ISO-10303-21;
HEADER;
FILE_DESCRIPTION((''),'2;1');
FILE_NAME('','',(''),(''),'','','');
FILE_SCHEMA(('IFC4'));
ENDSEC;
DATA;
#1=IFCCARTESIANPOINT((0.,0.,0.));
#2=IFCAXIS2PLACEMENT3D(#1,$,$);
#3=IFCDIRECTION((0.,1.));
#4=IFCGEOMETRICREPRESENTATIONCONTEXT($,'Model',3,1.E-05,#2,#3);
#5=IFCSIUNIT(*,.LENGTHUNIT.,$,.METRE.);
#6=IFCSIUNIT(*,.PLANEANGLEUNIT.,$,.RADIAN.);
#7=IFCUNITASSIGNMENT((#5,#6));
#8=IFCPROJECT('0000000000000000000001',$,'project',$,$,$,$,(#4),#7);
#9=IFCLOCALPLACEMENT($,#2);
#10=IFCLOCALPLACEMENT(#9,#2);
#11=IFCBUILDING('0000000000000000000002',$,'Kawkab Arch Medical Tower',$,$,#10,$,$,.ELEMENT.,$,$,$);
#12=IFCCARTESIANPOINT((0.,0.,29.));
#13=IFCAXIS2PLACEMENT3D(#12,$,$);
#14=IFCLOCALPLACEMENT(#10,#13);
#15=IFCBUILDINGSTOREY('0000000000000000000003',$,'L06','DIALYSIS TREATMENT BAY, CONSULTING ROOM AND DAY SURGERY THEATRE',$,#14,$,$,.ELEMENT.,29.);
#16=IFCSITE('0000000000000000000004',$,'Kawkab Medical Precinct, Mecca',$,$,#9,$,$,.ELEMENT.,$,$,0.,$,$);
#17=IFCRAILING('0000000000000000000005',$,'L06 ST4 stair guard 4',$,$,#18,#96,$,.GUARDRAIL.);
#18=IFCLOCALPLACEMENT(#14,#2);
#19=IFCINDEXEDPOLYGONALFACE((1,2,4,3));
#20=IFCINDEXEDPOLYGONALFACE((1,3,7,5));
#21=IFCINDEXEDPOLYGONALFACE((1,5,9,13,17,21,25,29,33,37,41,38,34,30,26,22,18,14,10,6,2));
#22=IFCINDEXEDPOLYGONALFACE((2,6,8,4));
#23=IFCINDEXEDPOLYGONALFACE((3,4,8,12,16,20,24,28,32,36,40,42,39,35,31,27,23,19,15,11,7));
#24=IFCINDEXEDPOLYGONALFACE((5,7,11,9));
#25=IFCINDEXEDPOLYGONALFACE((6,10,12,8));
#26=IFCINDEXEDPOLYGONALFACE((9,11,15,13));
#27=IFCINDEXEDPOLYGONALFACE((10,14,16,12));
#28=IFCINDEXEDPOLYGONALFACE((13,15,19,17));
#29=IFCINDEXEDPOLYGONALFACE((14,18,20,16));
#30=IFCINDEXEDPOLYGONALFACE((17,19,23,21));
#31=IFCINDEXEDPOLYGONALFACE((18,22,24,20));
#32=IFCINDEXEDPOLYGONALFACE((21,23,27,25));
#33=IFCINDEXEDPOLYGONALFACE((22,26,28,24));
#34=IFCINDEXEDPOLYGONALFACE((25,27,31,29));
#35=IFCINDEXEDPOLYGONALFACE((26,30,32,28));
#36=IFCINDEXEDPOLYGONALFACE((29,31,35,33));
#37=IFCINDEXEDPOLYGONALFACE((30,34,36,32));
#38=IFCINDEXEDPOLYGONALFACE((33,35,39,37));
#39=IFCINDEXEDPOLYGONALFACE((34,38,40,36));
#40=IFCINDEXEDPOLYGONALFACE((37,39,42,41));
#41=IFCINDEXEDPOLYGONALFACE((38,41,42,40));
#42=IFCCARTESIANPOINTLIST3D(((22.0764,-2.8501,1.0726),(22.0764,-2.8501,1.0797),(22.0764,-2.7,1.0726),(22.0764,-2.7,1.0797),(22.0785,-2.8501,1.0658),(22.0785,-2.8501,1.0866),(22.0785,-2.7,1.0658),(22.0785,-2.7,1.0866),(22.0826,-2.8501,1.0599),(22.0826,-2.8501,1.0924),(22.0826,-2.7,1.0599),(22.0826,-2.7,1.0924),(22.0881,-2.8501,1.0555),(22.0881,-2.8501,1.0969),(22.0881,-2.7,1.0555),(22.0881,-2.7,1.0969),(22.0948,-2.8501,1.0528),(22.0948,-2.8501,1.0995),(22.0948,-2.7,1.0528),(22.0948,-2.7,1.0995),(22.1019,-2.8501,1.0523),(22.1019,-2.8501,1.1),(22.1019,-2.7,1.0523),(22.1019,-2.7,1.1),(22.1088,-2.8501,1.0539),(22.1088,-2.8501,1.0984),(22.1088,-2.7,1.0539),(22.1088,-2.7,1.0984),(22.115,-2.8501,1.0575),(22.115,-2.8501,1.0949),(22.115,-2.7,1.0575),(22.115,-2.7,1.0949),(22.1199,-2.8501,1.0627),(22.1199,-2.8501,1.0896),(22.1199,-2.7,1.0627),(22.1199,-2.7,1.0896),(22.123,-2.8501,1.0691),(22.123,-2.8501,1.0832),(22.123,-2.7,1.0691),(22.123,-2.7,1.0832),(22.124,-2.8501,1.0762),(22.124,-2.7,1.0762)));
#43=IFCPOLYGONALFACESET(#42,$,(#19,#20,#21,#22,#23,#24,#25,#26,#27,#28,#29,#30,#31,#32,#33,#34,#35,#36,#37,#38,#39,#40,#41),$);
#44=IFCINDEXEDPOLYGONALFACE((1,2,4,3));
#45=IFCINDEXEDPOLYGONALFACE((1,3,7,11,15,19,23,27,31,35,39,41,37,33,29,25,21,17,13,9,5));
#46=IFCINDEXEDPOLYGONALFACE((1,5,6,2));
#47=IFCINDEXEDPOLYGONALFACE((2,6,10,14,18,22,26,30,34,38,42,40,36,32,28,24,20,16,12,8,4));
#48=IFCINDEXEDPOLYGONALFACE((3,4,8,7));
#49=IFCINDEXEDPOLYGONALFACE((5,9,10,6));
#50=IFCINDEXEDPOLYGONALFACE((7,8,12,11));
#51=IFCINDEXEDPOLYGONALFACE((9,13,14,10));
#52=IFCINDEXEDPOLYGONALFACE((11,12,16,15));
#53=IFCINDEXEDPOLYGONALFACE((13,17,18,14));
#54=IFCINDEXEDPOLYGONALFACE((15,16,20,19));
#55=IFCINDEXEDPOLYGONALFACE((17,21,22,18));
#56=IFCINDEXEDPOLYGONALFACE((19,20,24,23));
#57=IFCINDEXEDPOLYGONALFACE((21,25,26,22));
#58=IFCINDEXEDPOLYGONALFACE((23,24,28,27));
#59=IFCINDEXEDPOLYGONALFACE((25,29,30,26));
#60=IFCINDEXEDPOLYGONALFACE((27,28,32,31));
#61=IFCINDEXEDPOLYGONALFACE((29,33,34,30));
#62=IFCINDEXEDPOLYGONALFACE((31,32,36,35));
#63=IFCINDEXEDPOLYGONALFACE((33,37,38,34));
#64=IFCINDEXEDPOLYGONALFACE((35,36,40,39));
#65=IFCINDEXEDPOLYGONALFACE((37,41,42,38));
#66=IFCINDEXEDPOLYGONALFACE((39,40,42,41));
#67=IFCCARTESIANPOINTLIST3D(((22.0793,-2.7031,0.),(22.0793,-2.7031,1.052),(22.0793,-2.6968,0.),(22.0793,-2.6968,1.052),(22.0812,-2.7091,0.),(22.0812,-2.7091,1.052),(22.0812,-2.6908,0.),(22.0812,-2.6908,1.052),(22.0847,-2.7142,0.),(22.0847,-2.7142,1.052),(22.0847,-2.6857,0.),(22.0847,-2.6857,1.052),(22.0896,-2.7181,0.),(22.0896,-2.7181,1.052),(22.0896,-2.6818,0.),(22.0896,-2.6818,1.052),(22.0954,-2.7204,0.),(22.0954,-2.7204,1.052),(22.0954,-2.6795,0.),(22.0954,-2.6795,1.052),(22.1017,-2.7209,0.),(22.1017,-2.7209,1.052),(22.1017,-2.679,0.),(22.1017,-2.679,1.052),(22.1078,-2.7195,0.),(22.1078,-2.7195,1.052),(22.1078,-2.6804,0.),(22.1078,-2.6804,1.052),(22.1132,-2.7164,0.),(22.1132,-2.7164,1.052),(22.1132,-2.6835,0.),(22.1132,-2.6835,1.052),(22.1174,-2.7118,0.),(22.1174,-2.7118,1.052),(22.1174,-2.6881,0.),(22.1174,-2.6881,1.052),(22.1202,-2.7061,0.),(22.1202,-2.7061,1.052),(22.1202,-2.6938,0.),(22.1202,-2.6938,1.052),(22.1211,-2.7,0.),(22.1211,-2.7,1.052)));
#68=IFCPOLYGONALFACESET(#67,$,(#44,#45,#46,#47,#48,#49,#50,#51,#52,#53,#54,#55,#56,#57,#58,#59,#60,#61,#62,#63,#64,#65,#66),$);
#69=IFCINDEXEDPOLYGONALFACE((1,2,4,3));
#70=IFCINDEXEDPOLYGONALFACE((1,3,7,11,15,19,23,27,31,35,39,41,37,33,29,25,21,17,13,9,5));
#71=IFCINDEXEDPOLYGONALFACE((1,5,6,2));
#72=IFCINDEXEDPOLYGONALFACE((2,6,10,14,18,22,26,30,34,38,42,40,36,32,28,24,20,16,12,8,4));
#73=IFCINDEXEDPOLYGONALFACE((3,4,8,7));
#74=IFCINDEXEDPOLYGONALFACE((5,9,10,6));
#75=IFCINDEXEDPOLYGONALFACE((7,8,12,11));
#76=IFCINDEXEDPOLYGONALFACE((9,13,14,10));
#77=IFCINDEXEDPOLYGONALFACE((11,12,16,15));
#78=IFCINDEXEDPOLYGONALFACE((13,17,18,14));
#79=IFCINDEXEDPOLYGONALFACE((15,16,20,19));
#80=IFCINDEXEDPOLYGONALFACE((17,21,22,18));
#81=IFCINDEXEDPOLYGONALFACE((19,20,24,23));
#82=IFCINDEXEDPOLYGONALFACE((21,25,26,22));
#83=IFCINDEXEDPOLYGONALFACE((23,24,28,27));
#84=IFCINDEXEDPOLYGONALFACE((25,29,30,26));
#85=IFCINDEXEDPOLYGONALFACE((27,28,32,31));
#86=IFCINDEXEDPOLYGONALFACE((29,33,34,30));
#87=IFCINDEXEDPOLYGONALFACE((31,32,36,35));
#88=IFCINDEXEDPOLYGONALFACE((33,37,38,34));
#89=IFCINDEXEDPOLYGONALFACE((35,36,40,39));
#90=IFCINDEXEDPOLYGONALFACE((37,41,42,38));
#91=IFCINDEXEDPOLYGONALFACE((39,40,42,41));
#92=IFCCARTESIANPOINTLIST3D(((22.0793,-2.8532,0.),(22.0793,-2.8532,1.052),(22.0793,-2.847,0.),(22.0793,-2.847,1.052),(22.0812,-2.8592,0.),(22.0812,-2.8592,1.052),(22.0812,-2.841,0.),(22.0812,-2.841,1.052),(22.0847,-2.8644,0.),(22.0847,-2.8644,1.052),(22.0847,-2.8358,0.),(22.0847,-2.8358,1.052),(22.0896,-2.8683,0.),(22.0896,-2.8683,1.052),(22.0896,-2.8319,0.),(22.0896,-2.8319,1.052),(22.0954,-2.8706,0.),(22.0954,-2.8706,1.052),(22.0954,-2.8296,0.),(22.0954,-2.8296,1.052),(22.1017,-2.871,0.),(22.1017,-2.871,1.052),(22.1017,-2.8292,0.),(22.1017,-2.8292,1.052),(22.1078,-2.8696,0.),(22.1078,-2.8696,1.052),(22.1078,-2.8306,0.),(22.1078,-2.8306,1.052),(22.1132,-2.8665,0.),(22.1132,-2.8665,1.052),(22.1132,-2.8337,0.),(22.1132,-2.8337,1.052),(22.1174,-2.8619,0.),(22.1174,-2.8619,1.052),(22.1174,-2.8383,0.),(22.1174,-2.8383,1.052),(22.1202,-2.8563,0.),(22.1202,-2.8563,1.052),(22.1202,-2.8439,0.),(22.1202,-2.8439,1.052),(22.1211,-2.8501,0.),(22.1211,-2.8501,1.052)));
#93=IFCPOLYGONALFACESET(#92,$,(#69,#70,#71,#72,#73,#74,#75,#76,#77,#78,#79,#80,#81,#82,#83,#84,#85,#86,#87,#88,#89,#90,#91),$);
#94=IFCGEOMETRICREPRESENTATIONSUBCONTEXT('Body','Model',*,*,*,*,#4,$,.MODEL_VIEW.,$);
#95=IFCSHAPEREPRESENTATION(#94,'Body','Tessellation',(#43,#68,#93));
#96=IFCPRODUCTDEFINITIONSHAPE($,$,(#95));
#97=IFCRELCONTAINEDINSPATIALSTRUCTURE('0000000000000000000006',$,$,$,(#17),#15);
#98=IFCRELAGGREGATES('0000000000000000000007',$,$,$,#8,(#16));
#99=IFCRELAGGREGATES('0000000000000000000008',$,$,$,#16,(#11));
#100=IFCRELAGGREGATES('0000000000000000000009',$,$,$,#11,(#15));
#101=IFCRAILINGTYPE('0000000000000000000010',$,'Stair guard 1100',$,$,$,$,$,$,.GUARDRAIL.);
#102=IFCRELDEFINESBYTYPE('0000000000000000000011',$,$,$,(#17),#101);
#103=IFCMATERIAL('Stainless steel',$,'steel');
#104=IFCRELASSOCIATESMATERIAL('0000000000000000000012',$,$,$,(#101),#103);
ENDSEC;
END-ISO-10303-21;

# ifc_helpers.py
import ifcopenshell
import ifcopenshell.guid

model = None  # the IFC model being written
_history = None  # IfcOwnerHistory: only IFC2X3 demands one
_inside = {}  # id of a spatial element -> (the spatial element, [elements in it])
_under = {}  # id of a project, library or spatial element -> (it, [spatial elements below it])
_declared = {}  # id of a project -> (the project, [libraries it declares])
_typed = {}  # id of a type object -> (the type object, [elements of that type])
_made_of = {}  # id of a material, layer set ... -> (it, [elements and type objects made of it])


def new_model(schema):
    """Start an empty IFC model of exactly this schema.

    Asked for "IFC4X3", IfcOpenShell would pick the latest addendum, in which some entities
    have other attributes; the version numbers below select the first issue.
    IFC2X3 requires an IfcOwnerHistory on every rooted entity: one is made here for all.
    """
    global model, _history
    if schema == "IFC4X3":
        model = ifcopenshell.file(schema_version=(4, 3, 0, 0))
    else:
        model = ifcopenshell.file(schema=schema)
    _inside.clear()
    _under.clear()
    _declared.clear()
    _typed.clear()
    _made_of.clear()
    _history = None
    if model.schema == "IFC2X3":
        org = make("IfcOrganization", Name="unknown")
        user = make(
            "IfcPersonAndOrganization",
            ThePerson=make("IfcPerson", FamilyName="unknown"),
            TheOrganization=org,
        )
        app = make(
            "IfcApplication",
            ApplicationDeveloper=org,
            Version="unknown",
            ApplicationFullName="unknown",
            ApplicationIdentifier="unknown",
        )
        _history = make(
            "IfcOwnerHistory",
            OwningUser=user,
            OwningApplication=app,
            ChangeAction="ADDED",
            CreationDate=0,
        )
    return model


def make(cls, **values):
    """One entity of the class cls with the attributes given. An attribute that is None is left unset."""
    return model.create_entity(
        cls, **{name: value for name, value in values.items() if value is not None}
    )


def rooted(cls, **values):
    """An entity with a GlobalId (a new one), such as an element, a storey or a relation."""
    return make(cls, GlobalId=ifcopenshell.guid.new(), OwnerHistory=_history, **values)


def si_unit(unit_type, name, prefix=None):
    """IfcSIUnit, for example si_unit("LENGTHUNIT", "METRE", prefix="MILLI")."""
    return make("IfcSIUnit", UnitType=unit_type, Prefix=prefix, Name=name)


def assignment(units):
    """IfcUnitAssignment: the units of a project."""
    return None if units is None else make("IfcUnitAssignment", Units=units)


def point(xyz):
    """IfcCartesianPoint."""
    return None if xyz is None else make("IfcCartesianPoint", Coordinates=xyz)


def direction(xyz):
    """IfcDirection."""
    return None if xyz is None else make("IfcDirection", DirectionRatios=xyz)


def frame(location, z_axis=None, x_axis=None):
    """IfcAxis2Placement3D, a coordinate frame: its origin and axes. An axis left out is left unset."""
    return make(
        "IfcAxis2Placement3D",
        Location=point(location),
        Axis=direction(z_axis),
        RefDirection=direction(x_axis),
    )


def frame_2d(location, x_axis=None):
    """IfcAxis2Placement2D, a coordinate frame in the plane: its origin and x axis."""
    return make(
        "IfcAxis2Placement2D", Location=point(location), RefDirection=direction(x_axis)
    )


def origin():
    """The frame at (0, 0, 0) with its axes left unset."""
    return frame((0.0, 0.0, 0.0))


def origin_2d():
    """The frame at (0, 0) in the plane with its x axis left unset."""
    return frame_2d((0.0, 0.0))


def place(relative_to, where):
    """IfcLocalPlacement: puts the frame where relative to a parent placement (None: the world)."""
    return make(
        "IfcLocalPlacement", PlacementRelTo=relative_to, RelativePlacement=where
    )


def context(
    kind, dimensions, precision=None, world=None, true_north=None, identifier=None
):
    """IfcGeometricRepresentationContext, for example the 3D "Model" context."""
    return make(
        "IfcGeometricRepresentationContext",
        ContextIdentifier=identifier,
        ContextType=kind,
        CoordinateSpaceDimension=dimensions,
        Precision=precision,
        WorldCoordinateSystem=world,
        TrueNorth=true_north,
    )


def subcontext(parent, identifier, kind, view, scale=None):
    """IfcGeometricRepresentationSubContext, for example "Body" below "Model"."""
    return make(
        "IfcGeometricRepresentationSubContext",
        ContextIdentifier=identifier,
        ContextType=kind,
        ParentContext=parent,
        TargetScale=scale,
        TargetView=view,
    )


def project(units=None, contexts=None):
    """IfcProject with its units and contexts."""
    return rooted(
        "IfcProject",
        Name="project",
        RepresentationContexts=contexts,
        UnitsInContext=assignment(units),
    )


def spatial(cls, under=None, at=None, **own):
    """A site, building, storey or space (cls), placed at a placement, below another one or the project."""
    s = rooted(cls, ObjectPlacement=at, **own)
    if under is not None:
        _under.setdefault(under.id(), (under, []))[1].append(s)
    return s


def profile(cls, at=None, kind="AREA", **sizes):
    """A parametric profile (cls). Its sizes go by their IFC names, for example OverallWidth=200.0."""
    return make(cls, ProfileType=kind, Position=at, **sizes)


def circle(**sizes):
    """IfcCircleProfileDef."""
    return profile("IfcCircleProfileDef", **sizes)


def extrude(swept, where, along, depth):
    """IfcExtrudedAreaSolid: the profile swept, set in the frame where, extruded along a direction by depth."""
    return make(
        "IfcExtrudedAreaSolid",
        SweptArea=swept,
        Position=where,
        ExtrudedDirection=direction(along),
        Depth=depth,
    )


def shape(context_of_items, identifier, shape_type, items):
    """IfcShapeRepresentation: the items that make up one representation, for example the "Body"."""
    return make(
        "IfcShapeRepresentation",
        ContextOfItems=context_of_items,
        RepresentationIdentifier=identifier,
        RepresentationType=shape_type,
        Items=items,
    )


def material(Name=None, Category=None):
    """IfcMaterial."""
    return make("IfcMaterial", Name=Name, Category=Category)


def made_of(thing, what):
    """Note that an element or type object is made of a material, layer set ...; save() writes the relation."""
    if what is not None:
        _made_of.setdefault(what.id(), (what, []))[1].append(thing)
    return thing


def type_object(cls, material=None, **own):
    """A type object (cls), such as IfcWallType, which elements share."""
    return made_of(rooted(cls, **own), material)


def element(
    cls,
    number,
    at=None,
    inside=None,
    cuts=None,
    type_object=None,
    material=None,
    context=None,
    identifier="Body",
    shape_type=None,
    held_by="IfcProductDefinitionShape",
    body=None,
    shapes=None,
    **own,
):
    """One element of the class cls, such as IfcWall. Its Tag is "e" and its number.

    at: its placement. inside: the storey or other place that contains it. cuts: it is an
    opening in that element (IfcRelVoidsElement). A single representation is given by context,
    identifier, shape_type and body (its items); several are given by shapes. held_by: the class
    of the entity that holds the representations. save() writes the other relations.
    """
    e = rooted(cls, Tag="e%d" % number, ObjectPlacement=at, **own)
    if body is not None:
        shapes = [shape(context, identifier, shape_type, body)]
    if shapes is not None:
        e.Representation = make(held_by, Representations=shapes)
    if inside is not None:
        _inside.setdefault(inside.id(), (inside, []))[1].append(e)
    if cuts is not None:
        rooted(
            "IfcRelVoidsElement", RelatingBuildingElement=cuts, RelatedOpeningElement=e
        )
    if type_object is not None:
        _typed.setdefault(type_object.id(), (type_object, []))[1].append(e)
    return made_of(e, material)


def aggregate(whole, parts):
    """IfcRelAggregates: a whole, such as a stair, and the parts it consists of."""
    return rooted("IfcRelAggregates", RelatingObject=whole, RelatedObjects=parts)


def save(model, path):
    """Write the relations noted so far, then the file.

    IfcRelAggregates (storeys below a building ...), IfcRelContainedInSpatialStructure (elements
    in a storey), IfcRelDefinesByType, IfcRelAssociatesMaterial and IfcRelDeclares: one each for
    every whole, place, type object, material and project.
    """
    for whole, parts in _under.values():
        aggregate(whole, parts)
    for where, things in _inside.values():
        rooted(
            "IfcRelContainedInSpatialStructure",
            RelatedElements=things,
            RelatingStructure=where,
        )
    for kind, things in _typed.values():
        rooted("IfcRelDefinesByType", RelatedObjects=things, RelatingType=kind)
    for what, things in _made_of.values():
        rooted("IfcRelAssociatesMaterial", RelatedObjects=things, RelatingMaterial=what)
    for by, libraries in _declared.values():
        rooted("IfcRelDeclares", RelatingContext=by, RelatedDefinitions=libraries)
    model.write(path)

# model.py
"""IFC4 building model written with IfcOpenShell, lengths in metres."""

from ifc_helpers import new_model, si_unit, direction, frame, origin, origin_2d, place, context, subcontext, project, spatial, circle, extrude, material, type_object, element, save


model = new_model("IFC4")

# Units and contexts
model_context = context("Model", 3, precision=1e-05, world=origin(), true_north=direction((0.0, 1.0)))
body_context = subcontext(model_context, "Body", "Model", "MODEL_VIEW")
ifc_project = project(units=[si_unit("LENGTHUNIT", "METRE"), si_unit("PLANEANGLEUNIT", "RADIAN")], contexts=[model_context])

# Site, building, storey
site_placement = place(None, origin())
site = spatial("IfcSite", under=ifc_project, at=site_placement, Name="Kawkab Medical Precinct, Mecca", CompositionType="ELEMENT", RefElevation=0.0)
building_placement = place(site_placement, origin())
building = spatial("IfcBuilding", under=site, at=building_placement, Name="Kawkab Arch Medical Tower", CompositionType="ELEMENT")
storey_placement = place(building_placement, frame((0.0, 0.0, 29.0)))
storey = spatial("IfcBuildingStorey", under=building, at=storey_placement, Name="L06", Description="DIALYSIS TREATMENT BAY, CONSULTING ROOM AND DAY SURGERY THEATRE", CompositionType="ELEMENT", Elevation=29.0)

# Railing
ifc_material_1 = material(Name="Stainless steel", Category="steel")
railing_type = type_object("IfcRailingType", Name="Stair guard 1100", PredefinedType="GUARDRAIL", material=ifc_material_1)
railing_1_placement = place(storey_placement, frame((22.1001, -2.7, 0.0)))
element("IfcRailing", 1, at=railing_1_placement, inside=storey, type_object=railing_type, Name="L06 ST4 stair guard 4", PredefinedType="GUARDRAIL", context=body_context, shape_type="SweptSolid", body=[
    extrude(circle(Radius=0.0239, at=origin_2d()), frame((0.0, 0.0, 1.0762), z_axis=(0.0, -1.0, 0.0), x_axis=(1.0, 0.0, 0.0)), (0.0, 0.0, 1.0), 0.1501),
    extrude(circle(Radius=0.021, at=origin_2d()), origin(), (0.0, 0.0, 1.0), 1.052),
    extrude(circle(Radius=0.021, at=origin_2d()), frame((0.0, -0.1501, 0.0)), (0.0, 0.0, 1.0), 1.052),
])

save(model, "model.ifc")
